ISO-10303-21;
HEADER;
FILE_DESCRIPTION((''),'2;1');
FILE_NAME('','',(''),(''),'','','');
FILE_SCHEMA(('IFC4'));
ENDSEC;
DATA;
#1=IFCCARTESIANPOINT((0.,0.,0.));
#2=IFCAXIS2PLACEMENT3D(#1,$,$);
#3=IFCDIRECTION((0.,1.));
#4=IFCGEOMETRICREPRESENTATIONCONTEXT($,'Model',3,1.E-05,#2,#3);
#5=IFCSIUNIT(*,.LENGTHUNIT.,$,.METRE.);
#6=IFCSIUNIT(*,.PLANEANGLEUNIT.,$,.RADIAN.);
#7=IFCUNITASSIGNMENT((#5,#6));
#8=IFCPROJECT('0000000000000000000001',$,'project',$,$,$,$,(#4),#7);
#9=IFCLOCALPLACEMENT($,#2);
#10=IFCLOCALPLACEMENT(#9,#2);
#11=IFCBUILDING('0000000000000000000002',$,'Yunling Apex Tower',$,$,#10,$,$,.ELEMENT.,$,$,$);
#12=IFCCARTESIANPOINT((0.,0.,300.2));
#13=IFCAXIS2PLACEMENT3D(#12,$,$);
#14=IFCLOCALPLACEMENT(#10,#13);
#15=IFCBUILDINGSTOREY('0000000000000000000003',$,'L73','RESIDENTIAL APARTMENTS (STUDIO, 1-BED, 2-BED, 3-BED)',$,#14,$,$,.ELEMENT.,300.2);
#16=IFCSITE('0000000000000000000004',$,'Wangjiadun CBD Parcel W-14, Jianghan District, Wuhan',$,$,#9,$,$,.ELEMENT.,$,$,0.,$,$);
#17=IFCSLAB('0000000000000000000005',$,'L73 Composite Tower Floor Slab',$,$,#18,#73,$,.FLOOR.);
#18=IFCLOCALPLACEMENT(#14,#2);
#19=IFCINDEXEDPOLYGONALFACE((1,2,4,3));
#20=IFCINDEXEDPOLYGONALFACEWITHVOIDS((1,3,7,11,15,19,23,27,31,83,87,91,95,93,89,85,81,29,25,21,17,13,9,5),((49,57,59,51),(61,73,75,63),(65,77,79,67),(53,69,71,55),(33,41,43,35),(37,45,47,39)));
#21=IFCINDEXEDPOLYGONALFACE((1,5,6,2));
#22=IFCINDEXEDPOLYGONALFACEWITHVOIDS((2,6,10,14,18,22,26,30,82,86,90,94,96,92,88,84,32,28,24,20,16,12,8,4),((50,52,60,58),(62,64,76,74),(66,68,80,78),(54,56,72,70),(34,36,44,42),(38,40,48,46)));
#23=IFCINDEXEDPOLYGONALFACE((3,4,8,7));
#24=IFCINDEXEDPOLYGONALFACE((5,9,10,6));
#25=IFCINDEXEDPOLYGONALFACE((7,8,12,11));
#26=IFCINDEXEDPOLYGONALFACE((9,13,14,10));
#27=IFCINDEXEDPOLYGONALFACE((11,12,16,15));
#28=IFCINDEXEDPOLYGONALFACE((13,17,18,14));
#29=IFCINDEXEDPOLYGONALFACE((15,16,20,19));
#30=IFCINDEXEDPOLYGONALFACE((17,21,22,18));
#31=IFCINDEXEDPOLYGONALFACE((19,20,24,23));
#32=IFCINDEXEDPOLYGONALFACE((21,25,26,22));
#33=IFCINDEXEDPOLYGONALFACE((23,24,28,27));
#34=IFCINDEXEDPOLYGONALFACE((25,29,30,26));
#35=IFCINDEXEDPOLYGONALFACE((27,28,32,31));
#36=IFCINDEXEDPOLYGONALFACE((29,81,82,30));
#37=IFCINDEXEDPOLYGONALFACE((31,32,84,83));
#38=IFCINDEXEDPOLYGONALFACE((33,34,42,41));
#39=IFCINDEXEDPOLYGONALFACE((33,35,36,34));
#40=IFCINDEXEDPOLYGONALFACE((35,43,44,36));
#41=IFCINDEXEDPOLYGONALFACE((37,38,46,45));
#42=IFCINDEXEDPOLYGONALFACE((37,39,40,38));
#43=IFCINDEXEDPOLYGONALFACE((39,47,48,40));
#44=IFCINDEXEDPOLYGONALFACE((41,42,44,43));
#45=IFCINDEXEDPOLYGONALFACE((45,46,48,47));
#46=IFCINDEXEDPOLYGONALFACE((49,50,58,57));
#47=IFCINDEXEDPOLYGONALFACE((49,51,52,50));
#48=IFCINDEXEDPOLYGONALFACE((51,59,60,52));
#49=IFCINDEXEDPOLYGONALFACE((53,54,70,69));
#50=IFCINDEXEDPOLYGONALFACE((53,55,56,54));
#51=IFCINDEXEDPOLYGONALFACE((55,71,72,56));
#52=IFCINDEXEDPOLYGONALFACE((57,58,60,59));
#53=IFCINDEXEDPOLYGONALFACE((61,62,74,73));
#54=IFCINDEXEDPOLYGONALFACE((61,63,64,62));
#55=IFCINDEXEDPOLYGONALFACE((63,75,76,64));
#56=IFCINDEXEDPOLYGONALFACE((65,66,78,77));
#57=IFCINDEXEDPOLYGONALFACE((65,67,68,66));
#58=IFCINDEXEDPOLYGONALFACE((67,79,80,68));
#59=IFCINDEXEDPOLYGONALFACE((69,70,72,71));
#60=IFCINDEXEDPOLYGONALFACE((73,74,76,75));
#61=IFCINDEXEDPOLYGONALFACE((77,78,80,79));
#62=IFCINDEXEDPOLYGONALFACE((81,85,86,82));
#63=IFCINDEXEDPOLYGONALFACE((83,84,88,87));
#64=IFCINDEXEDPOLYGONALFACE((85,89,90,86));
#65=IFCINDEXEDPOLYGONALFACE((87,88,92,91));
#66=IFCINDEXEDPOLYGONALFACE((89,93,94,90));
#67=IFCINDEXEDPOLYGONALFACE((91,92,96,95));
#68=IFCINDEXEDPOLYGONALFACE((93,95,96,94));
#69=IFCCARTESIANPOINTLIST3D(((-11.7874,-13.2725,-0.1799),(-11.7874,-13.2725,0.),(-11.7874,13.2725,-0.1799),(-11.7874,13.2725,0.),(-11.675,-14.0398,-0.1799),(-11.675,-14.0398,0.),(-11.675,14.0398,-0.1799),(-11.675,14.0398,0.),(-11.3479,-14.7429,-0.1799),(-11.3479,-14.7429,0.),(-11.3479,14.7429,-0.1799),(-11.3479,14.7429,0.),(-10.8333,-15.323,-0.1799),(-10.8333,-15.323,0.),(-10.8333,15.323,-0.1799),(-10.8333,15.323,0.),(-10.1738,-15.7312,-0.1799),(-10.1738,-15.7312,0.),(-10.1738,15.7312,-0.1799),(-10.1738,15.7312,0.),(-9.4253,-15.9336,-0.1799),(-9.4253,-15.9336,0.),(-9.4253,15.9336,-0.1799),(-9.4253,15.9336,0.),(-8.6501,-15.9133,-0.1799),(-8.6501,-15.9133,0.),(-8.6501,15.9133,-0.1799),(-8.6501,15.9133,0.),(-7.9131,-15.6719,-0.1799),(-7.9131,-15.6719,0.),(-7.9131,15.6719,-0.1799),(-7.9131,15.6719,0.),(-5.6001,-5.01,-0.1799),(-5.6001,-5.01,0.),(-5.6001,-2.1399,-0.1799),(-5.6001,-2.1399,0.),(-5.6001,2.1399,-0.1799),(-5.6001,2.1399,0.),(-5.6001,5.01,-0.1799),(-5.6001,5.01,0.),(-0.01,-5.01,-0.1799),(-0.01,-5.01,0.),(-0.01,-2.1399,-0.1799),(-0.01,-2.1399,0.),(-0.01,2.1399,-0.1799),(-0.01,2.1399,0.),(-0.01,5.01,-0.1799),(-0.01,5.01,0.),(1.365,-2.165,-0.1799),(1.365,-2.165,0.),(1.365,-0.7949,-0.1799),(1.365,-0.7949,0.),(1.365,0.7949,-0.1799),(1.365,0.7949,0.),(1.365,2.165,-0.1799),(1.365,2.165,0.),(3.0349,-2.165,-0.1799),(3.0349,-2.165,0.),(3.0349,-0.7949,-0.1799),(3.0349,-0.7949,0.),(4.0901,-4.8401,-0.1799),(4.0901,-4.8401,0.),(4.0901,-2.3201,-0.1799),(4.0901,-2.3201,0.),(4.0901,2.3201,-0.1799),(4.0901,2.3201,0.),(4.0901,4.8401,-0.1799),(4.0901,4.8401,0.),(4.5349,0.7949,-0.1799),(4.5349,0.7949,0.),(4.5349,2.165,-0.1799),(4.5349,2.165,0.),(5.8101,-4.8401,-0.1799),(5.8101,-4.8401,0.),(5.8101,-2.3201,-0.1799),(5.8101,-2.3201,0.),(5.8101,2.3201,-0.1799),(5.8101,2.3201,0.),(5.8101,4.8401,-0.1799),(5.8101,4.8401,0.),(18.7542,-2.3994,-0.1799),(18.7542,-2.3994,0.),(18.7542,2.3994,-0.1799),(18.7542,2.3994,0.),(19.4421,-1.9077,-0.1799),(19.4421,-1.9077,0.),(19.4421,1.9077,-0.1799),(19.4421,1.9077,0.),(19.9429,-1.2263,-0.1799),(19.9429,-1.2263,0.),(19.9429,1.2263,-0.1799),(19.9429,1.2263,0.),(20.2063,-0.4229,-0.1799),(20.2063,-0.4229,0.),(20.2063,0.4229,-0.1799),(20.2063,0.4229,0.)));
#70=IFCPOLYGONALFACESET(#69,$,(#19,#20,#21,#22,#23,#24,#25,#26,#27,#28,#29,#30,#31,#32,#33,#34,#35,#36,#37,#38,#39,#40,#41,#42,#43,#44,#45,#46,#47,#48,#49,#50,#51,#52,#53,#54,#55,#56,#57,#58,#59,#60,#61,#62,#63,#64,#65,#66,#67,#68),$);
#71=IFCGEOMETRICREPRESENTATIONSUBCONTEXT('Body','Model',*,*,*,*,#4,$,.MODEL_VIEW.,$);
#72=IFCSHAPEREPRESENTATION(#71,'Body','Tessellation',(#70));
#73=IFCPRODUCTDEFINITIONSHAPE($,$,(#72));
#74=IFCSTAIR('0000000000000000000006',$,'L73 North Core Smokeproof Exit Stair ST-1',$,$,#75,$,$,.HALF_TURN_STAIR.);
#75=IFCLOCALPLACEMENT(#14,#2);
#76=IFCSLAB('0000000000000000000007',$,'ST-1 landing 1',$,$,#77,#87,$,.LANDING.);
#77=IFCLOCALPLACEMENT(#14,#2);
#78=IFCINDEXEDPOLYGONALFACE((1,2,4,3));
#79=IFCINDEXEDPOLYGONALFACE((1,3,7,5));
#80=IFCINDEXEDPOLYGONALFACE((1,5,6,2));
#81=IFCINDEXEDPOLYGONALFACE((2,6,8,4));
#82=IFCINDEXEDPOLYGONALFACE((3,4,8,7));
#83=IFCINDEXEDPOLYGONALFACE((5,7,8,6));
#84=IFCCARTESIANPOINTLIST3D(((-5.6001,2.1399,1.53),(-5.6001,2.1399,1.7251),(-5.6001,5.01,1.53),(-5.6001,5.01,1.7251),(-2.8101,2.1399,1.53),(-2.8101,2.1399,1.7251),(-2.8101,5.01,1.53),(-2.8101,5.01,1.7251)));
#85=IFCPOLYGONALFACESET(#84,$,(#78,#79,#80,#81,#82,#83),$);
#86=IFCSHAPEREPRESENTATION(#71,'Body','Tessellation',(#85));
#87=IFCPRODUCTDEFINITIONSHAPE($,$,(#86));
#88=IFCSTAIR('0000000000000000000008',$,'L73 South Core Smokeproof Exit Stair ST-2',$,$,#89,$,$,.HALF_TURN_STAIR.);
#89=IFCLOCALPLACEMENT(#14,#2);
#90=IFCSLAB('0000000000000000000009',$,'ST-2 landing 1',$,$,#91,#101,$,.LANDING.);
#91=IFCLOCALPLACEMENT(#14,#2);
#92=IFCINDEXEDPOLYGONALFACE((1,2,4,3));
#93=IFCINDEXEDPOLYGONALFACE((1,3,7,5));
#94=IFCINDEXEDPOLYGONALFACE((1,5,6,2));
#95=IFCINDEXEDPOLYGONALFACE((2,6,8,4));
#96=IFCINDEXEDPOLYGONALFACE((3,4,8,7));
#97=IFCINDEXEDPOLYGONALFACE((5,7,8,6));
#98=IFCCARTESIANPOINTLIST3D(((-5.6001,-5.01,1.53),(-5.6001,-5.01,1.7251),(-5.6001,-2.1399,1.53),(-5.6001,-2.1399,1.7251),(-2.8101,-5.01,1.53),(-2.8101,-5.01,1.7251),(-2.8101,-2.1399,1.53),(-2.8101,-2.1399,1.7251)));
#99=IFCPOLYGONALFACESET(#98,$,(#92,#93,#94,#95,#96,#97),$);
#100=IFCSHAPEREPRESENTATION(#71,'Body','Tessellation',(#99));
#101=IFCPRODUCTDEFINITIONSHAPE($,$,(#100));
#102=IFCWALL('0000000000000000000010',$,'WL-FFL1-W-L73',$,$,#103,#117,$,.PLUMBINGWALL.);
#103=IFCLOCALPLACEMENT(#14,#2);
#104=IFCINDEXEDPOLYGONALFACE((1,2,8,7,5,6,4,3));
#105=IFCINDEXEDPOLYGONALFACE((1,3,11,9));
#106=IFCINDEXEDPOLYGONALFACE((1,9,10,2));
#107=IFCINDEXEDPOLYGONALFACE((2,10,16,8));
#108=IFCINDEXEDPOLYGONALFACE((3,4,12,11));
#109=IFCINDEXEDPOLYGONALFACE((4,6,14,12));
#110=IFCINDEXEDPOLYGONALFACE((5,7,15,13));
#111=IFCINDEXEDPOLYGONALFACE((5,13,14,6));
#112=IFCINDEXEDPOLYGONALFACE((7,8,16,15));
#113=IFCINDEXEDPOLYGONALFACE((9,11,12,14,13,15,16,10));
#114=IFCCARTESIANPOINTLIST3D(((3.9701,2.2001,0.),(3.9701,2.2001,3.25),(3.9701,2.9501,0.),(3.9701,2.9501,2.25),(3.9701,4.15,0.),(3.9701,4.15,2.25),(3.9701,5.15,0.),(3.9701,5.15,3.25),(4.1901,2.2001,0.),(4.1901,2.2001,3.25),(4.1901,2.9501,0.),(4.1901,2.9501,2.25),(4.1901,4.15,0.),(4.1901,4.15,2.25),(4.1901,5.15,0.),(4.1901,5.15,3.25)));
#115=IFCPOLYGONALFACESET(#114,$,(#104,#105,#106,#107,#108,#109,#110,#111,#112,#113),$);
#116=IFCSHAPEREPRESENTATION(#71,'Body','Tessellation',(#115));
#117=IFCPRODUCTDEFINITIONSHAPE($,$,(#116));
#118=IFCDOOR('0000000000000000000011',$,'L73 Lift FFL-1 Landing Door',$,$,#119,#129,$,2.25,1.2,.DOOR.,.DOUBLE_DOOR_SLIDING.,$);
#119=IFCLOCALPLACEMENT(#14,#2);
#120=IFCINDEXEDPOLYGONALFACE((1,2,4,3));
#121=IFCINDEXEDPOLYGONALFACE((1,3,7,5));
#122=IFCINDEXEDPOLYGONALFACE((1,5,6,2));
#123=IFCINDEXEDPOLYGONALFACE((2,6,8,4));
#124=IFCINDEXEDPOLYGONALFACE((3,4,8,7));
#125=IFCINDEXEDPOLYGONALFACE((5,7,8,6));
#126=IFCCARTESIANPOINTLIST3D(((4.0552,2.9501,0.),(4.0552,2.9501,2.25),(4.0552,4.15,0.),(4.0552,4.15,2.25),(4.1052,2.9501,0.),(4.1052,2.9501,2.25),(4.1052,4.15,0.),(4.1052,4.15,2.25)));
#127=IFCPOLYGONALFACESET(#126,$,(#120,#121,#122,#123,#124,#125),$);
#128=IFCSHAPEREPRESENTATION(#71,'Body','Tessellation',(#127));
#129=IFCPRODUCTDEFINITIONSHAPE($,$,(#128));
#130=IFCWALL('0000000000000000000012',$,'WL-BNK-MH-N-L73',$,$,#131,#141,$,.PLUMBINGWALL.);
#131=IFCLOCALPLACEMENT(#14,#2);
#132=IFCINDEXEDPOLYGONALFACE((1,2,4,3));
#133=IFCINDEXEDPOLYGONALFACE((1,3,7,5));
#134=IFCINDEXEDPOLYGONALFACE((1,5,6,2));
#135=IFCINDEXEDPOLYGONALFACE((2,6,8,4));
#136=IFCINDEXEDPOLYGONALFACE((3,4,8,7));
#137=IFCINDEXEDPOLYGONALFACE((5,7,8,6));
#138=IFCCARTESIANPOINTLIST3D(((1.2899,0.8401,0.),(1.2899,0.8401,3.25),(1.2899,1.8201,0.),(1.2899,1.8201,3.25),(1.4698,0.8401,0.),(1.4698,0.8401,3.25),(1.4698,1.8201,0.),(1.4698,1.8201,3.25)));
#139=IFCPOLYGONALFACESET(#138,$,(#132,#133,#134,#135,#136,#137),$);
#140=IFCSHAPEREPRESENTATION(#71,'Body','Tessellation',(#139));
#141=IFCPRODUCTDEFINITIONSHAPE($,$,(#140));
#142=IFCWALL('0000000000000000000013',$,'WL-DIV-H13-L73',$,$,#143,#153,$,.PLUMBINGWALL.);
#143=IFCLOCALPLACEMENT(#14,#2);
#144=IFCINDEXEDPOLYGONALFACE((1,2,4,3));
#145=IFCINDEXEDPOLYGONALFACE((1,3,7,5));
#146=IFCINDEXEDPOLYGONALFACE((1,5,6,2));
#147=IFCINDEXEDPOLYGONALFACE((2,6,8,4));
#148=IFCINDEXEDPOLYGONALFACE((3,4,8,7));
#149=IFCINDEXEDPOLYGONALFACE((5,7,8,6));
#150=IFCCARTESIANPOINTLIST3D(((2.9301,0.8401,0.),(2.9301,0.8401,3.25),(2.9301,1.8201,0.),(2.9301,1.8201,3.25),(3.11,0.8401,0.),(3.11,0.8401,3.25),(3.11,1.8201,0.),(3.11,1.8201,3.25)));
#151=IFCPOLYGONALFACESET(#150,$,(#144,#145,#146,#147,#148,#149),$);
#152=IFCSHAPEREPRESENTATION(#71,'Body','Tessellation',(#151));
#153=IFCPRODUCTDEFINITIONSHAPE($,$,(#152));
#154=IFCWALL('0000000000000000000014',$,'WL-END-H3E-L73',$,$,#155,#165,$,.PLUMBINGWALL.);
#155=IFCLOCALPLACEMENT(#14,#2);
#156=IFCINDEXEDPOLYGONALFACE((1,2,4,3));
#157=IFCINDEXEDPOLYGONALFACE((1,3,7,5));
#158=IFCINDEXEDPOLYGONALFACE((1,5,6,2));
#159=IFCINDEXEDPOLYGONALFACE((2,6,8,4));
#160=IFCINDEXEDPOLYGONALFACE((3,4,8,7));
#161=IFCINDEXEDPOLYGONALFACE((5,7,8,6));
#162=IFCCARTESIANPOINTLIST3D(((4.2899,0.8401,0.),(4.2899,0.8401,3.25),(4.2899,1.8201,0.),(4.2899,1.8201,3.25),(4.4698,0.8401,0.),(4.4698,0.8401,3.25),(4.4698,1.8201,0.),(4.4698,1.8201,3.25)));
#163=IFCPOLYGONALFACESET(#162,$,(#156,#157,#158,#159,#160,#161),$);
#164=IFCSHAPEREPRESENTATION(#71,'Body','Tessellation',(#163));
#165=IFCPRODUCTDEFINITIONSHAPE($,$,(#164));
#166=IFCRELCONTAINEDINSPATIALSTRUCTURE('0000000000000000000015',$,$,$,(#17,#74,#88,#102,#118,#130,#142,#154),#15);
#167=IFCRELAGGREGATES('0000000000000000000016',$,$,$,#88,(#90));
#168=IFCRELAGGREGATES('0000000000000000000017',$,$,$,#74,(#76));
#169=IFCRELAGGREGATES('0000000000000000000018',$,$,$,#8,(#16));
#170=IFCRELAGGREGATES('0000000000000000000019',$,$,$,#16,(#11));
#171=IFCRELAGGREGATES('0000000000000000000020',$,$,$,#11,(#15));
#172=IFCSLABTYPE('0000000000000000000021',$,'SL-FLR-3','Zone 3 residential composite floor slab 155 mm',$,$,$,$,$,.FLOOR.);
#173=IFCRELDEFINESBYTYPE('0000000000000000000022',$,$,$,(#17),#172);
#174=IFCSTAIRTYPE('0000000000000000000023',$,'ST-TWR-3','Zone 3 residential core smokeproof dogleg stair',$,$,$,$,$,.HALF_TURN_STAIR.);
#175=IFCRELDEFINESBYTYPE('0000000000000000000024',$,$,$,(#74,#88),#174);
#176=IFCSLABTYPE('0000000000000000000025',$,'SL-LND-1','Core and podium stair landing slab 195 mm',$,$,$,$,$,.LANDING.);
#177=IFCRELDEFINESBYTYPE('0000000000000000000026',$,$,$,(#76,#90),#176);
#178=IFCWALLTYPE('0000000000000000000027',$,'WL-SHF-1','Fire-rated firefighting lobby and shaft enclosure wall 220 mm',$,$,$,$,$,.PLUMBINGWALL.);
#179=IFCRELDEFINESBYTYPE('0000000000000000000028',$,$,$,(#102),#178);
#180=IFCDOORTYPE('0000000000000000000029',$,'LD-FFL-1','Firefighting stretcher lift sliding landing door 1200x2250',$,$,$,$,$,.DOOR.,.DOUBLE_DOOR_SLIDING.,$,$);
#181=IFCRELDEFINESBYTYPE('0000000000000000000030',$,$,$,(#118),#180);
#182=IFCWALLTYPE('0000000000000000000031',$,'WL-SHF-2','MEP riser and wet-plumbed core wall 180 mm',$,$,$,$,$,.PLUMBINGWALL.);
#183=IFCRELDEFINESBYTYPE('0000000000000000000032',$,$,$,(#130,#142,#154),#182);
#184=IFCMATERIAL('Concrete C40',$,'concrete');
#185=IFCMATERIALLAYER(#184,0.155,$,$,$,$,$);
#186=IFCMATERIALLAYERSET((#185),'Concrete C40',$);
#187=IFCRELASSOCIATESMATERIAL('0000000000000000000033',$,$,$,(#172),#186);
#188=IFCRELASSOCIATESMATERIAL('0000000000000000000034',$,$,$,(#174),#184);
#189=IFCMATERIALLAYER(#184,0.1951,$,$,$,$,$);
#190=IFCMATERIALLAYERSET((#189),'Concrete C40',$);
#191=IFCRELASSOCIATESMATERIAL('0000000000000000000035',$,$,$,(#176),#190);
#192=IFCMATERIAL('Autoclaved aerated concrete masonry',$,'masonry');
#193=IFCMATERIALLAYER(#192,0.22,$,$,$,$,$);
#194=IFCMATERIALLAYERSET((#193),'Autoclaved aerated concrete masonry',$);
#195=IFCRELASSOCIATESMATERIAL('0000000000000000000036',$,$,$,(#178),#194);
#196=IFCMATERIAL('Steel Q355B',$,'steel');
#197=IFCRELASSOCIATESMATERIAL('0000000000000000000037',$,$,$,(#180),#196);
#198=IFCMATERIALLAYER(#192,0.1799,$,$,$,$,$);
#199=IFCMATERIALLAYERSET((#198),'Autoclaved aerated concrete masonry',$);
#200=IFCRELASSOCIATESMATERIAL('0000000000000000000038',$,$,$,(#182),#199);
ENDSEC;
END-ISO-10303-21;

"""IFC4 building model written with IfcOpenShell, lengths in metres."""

from ifc_helpers import new_model, si_unit, direction, frame, frame_2d, origin, place, context, subcontext, project, spatial, polyline, rectangle, outline, extrude, material, layer, layer_set, type_object, element, fill, aggregate, save


model = new_model("IFC4")

# Units and contexts
model_context = context("Model", 3, precision=1e-05, world=origin(), true_north=direction((0.0, 1.0)))
body_context = subcontext(model_context, "Body", "Model", "MODEL_VIEW")
ifc_project = project(units=[si_unit("LENGTHUNIT", "METRE"), si_unit("PLANEANGLEUNIT", "RADIAN")], contexts=[model_context])

# Site, building, storey
site_placement = place(None, origin())
site = spatial("IfcSite", under=ifc_project, at=site_placement, Name="Wangjiadun CBD Parcel W-14, Jianghan District, Wuhan", CompositionType="ELEMENT", RefElevation=0.0)
building_placement = place(site_placement, origin())
building = spatial("IfcBuilding", under=site, at=building_placement, Name="Yunling Apex Tower", CompositionType="ELEMENT")
storey_placement = place(building_placement, frame((0.0, 0.0, 300.2)))
storey = spatial("IfcBuildingStorey", under=building, at=storey_placement, Name="L73", Description="RESIDENTIAL APARTMENTS (STUDIO, 1-BED, 2-BED, 3-BED)", CompositionType="ELEMENT", Elevation=300.2)

# Slab
ifc_material_1 = material(Name="Concrete C40", Category="concrete")
ifc_layer_1 = layer(ifc_material_1, 0.155)
ifc_layer_set_1 = layer_set([ifc_layer_1], Name="Concrete C40")
slab_type_1 = type_object("IfcSlabType", Name="SL-FLR-3", Description="Zone 3 residential composite floor slab 155 mm", PredefinedType="FLOOR", material=ifc_layer_set_1)
slab_1_placement = place(storey_placement, frame((0.0, 0.0, -0.1799)))
element("IfcSlab", 1, at=slab_1_placement, inside=storey, type_object=slab_type_1, Name="L73 Composite Tower Floor Slab", PredefinedType="FLOOR", context=body_context, shape_type="SweptSolid", body=[
    extrude(outline(polyline([(-11.7874, -13.2725), (-11.675, -14.0398), (-11.3479, -14.7429), (-10.8333, -15.323), (-10.1738, -15.7312), (-9.4253, -15.9336), (-8.6501, -15.9133), (-7.9131, -15.6719), (18.7542, -2.3994), (19.4421, -1.9077), (19.9429, -1.2263), (20.2063, -0.4229), (20.2063, 0.4229), (19.9429, 1.2263), (19.4421, 1.9077), (18.7542, 2.3994), (-7.9131, 15.6719), (-8.6501, 15.9133), (-9.4253, 15.9336), (-10.1738, 15.7312), (-10.8333, 15.323), (-11.3479, 14.7429), (-11.675, 14.0398), (-11.7874, 13.2725), (-11.7874, -13.2725)]), holes=[polyline([(4.0901, 4.8401), (5.8101, 4.8401), (5.8101, 2.3201), (4.0901, 2.3201), (4.0901, 4.8401)]), polyline([(4.0901, -4.8401), (4.0901, -2.3201), (5.8101, -2.3201), (5.8101, -4.8401), (4.0901, -4.8401)]), polyline([(4.5349, 0.7949), (1.365, 0.7949), (1.365, 2.165), (4.5349, 2.165), (4.5349, 0.7949)]), polyline([(1.365, -0.7949), (3.0349, -0.7949), (3.0349, -2.165), (1.365, -2.165), (1.365, -0.7949)]), polyline([(-0.01, -5.01), (-5.6001, -5.01), (-5.6001, -2.1399), (-0.01, -2.1399), (-0.01, -5.01)]), polyline([(-0.01, 2.1399), (-5.6001, 2.1399), (-5.6001, 5.01), (-0.01, 5.01), (-0.01, 2.1399)])]), origin(), (0.0, 0.0, 1.0), 0.1799),
])

# Stairs, slabs
stair_type = type_object("IfcStairType", Name="ST-TWR-3", Description="Zone 3 residential core smokeproof dogleg stair", PredefinedType="HALF_TURN_STAIR", material=ifc_material_1)
stair_1_placement = place(storey_placement, origin())
stair_1 = element("IfcStair", 2, at=stair_1_placement, inside=storey, type_object=stair_type, Name="L73 North Core Smokeproof Exit Stair ST-1", PredefinedType="HALF_TURN_STAIR")
ifc_layer_2 = layer(ifc_material_1, 0.1951)
ifc_layer_set_2 = layer_set([ifc_layer_2], Name="Concrete C40")
slab_type_2 = type_object("IfcSlabType", Name="SL-LND-1", Description="Core and podium stair landing slab 195 mm", PredefinedType="LANDING", material=ifc_layer_set_2)
slab_2_placement = place(storey_placement, frame((0.0, 0.0, 1.53)))
slab_2 = element("IfcSlab", 3, at=slab_2_placement, type_object=slab_type_2, Name="ST-1 landing 1", PredefinedType="LANDING", context=body_context, shape_type="SweptSolid", body=[
    extrude(outline(polyline([(-2.8101, 5.01), (-5.6001, 5.01), (-5.6001, 2.1399), (-2.8101, 2.1399), (-2.8101, 5.01)])), origin(), (0.0, 0.0, 1.0), 0.1951),
])
stair_2_placement = place(storey_placement, origin())
stair_2 = element("IfcStair", 4, at=stair_2_placement, inside=storey, type_object=stair_type, Name="L73 South Core Smokeproof Exit Stair ST-2", PredefinedType="HALF_TURN_STAIR")
slab_3_placement = place(storey_placement, frame((0.0, 0.0, 1.53)))
slab_3 = element("IfcSlab", 5, at=slab_3_placement, type_object=slab_type_2, Name="ST-2 landing 1", PredefinedType="LANDING", context=body_context, shape_type="SweptSolid", body=[
    extrude(outline(polyline([(-2.8101, -2.1399), (-5.6001, -2.1399), (-5.6001, -5.01), (-2.8101, -5.01), (-2.8101, -2.1399)])), origin(), (0.0, 0.0, 1.0), 0.1951),
])
aggregate(stair_2, [slab_3])

# Wall, opening, door
ifc_material_2 = material(Name="Autoclaved aerated concrete masonry", Category="masonry")
ifc_layer_3 = layer(ifc_material_2, 0.22)
ifc_layer_set_3 = layer_set([ifc_layer_3], Name="Autoclaved aerated concrete masonry")
wall_type_1 = type_object("IfcWallType", Name="WL-SHF-1", Description="Fire-rated firefighting lobby and shaft enclosure wall 220 mm", PredefinedType="PLUMBINGWALL", material=ifc_layer_set_3)
ifc_material_3 = material(Name="Steel Q355B", Category="steel")
wall_1_placement = place(storey_placement, frame((4.0801, 2.2, 0.0), z_axis=(0.0, 0.0, 1.0), x_axis=(0.0, 1.0, 0.0)))
wall_1 = element("IfcWall", 6, at=wall_1_placement, inside=storey, type_object=wall_type_1, Name="WL-FFL1-W-L73", PredefinedType="PLUMBINGWALL", context=body_context, shape_type="SweptSolid", body=[
    extrude(rectangle(XDim=2.95, YDim=0.22, at=frame_2d((1.4751, 0.0))), origin(), (0.0, 0.0, 1.0), 3.25),
])
opening_1_placement = place(wall_1_placement, frame((0.75, 0.0, 0.0)))
opening_1 = element("IfcOpeningElement", 7, at=opening_1_placement, cuts=wall_1, PredefinedType="OPENING", context=body_context, shape_type="SweptSolid", body=[
    extrude(rectangle(XDim=1.2, YDim=2.25, at=frame_2d((0.6001, 1.125))), frame((0.0, 0.1201, 0.0), z_axis=(0.0, -1.0, 0.0), x_axis=(1.0, 0.0, 0.0)), (0.0, 0.0, 1.0), 0.24),
])
door_type_1 = type_object("IfcDoorType", Name="LD-FFL-1", Description="Firefighting stretcher lift sliding landing door 1200x2250", OperationType="DOUBLE_DOOR_SLIDING", PredefinedType="DOOR", material=ifc_material_3)
door_1_placement = place(opening_1_placement, origin())
door_1 = element("IfcDoor", 8, at=door_1_placement, inside=storey, type_object=door_type_1, Name="L73 Lift FFL-1 Landing Door", OperationType="DOUBLE_DOOR_SLIDING", OverallHeight=2.25, OverallWidth=1.2, PredefinedType="DOOR", context=body_context, shape_type="SweptSolid", body=[
    extrude(rectangle(XDim=1.2, YDim=2.25, at=frame_2d((0.6001, 1.125))), frame((0.0, 0.0249, 0.0), z_axis=(0.0, -1.0, 0.0), x_axis=(1.0, 0.0, 0.0)), (0.0, 0.0, 1.0), 0.05),
])
fill(opening_1, door_1)

# Walls
ifc_layer_4 = layer(ifc_material_2, 0.1799)
ifc_layer_set_4 = layer_set([ifc_layer_4], Name="Autoclaved aerated concrete masonry")
wall_type_2 = type_object("IfcWallType", Name="WL-SHF-2", Description="MEP riser and wet-plumbed core wall 180 mm", PredefinedType="PLUMBINGWALL", material=ifc_layer_set_4)
for number, where, z_axis, x_axis, name in (
    (9, (1.3799, 0.8401, 0.0), (0.0, 0.0, 1.0), (0.0, 1.0, 0.0), "WL-BNK-MH-N-L73"),
    (10, (3.02, 0.8401, 0.0), (0.0, 0.0, 1.0), (0.0, 1.0, 0.0), "WL-DIV-H13-L73"),
    (11, (4.3799, 0.8401, 0.0), (0.0, 0.0, 1.0), (0.0, 1.0, 0.0), "WL-END-H3E-L73"),
):
    element("IfcWall", number, at=place(storey_placement, frame(where, z_axis=z_axis, x_axis=x_axis)), inside=storey, type_object=wall_type_2, Name=name, PredefinedType="PLUMBINGWALL", context=body_context, shape_type="SweptSolid", body=[
        extrude(rectangle(XDim=0.98, YDim=0.1799, at=frame_2d((0.49, 0.0))), origin(), (0.0, 0.0, 1.0), 3.25),
    ])

aggregate(stair_1, [slab_2])

save(model, "model.ifc")
